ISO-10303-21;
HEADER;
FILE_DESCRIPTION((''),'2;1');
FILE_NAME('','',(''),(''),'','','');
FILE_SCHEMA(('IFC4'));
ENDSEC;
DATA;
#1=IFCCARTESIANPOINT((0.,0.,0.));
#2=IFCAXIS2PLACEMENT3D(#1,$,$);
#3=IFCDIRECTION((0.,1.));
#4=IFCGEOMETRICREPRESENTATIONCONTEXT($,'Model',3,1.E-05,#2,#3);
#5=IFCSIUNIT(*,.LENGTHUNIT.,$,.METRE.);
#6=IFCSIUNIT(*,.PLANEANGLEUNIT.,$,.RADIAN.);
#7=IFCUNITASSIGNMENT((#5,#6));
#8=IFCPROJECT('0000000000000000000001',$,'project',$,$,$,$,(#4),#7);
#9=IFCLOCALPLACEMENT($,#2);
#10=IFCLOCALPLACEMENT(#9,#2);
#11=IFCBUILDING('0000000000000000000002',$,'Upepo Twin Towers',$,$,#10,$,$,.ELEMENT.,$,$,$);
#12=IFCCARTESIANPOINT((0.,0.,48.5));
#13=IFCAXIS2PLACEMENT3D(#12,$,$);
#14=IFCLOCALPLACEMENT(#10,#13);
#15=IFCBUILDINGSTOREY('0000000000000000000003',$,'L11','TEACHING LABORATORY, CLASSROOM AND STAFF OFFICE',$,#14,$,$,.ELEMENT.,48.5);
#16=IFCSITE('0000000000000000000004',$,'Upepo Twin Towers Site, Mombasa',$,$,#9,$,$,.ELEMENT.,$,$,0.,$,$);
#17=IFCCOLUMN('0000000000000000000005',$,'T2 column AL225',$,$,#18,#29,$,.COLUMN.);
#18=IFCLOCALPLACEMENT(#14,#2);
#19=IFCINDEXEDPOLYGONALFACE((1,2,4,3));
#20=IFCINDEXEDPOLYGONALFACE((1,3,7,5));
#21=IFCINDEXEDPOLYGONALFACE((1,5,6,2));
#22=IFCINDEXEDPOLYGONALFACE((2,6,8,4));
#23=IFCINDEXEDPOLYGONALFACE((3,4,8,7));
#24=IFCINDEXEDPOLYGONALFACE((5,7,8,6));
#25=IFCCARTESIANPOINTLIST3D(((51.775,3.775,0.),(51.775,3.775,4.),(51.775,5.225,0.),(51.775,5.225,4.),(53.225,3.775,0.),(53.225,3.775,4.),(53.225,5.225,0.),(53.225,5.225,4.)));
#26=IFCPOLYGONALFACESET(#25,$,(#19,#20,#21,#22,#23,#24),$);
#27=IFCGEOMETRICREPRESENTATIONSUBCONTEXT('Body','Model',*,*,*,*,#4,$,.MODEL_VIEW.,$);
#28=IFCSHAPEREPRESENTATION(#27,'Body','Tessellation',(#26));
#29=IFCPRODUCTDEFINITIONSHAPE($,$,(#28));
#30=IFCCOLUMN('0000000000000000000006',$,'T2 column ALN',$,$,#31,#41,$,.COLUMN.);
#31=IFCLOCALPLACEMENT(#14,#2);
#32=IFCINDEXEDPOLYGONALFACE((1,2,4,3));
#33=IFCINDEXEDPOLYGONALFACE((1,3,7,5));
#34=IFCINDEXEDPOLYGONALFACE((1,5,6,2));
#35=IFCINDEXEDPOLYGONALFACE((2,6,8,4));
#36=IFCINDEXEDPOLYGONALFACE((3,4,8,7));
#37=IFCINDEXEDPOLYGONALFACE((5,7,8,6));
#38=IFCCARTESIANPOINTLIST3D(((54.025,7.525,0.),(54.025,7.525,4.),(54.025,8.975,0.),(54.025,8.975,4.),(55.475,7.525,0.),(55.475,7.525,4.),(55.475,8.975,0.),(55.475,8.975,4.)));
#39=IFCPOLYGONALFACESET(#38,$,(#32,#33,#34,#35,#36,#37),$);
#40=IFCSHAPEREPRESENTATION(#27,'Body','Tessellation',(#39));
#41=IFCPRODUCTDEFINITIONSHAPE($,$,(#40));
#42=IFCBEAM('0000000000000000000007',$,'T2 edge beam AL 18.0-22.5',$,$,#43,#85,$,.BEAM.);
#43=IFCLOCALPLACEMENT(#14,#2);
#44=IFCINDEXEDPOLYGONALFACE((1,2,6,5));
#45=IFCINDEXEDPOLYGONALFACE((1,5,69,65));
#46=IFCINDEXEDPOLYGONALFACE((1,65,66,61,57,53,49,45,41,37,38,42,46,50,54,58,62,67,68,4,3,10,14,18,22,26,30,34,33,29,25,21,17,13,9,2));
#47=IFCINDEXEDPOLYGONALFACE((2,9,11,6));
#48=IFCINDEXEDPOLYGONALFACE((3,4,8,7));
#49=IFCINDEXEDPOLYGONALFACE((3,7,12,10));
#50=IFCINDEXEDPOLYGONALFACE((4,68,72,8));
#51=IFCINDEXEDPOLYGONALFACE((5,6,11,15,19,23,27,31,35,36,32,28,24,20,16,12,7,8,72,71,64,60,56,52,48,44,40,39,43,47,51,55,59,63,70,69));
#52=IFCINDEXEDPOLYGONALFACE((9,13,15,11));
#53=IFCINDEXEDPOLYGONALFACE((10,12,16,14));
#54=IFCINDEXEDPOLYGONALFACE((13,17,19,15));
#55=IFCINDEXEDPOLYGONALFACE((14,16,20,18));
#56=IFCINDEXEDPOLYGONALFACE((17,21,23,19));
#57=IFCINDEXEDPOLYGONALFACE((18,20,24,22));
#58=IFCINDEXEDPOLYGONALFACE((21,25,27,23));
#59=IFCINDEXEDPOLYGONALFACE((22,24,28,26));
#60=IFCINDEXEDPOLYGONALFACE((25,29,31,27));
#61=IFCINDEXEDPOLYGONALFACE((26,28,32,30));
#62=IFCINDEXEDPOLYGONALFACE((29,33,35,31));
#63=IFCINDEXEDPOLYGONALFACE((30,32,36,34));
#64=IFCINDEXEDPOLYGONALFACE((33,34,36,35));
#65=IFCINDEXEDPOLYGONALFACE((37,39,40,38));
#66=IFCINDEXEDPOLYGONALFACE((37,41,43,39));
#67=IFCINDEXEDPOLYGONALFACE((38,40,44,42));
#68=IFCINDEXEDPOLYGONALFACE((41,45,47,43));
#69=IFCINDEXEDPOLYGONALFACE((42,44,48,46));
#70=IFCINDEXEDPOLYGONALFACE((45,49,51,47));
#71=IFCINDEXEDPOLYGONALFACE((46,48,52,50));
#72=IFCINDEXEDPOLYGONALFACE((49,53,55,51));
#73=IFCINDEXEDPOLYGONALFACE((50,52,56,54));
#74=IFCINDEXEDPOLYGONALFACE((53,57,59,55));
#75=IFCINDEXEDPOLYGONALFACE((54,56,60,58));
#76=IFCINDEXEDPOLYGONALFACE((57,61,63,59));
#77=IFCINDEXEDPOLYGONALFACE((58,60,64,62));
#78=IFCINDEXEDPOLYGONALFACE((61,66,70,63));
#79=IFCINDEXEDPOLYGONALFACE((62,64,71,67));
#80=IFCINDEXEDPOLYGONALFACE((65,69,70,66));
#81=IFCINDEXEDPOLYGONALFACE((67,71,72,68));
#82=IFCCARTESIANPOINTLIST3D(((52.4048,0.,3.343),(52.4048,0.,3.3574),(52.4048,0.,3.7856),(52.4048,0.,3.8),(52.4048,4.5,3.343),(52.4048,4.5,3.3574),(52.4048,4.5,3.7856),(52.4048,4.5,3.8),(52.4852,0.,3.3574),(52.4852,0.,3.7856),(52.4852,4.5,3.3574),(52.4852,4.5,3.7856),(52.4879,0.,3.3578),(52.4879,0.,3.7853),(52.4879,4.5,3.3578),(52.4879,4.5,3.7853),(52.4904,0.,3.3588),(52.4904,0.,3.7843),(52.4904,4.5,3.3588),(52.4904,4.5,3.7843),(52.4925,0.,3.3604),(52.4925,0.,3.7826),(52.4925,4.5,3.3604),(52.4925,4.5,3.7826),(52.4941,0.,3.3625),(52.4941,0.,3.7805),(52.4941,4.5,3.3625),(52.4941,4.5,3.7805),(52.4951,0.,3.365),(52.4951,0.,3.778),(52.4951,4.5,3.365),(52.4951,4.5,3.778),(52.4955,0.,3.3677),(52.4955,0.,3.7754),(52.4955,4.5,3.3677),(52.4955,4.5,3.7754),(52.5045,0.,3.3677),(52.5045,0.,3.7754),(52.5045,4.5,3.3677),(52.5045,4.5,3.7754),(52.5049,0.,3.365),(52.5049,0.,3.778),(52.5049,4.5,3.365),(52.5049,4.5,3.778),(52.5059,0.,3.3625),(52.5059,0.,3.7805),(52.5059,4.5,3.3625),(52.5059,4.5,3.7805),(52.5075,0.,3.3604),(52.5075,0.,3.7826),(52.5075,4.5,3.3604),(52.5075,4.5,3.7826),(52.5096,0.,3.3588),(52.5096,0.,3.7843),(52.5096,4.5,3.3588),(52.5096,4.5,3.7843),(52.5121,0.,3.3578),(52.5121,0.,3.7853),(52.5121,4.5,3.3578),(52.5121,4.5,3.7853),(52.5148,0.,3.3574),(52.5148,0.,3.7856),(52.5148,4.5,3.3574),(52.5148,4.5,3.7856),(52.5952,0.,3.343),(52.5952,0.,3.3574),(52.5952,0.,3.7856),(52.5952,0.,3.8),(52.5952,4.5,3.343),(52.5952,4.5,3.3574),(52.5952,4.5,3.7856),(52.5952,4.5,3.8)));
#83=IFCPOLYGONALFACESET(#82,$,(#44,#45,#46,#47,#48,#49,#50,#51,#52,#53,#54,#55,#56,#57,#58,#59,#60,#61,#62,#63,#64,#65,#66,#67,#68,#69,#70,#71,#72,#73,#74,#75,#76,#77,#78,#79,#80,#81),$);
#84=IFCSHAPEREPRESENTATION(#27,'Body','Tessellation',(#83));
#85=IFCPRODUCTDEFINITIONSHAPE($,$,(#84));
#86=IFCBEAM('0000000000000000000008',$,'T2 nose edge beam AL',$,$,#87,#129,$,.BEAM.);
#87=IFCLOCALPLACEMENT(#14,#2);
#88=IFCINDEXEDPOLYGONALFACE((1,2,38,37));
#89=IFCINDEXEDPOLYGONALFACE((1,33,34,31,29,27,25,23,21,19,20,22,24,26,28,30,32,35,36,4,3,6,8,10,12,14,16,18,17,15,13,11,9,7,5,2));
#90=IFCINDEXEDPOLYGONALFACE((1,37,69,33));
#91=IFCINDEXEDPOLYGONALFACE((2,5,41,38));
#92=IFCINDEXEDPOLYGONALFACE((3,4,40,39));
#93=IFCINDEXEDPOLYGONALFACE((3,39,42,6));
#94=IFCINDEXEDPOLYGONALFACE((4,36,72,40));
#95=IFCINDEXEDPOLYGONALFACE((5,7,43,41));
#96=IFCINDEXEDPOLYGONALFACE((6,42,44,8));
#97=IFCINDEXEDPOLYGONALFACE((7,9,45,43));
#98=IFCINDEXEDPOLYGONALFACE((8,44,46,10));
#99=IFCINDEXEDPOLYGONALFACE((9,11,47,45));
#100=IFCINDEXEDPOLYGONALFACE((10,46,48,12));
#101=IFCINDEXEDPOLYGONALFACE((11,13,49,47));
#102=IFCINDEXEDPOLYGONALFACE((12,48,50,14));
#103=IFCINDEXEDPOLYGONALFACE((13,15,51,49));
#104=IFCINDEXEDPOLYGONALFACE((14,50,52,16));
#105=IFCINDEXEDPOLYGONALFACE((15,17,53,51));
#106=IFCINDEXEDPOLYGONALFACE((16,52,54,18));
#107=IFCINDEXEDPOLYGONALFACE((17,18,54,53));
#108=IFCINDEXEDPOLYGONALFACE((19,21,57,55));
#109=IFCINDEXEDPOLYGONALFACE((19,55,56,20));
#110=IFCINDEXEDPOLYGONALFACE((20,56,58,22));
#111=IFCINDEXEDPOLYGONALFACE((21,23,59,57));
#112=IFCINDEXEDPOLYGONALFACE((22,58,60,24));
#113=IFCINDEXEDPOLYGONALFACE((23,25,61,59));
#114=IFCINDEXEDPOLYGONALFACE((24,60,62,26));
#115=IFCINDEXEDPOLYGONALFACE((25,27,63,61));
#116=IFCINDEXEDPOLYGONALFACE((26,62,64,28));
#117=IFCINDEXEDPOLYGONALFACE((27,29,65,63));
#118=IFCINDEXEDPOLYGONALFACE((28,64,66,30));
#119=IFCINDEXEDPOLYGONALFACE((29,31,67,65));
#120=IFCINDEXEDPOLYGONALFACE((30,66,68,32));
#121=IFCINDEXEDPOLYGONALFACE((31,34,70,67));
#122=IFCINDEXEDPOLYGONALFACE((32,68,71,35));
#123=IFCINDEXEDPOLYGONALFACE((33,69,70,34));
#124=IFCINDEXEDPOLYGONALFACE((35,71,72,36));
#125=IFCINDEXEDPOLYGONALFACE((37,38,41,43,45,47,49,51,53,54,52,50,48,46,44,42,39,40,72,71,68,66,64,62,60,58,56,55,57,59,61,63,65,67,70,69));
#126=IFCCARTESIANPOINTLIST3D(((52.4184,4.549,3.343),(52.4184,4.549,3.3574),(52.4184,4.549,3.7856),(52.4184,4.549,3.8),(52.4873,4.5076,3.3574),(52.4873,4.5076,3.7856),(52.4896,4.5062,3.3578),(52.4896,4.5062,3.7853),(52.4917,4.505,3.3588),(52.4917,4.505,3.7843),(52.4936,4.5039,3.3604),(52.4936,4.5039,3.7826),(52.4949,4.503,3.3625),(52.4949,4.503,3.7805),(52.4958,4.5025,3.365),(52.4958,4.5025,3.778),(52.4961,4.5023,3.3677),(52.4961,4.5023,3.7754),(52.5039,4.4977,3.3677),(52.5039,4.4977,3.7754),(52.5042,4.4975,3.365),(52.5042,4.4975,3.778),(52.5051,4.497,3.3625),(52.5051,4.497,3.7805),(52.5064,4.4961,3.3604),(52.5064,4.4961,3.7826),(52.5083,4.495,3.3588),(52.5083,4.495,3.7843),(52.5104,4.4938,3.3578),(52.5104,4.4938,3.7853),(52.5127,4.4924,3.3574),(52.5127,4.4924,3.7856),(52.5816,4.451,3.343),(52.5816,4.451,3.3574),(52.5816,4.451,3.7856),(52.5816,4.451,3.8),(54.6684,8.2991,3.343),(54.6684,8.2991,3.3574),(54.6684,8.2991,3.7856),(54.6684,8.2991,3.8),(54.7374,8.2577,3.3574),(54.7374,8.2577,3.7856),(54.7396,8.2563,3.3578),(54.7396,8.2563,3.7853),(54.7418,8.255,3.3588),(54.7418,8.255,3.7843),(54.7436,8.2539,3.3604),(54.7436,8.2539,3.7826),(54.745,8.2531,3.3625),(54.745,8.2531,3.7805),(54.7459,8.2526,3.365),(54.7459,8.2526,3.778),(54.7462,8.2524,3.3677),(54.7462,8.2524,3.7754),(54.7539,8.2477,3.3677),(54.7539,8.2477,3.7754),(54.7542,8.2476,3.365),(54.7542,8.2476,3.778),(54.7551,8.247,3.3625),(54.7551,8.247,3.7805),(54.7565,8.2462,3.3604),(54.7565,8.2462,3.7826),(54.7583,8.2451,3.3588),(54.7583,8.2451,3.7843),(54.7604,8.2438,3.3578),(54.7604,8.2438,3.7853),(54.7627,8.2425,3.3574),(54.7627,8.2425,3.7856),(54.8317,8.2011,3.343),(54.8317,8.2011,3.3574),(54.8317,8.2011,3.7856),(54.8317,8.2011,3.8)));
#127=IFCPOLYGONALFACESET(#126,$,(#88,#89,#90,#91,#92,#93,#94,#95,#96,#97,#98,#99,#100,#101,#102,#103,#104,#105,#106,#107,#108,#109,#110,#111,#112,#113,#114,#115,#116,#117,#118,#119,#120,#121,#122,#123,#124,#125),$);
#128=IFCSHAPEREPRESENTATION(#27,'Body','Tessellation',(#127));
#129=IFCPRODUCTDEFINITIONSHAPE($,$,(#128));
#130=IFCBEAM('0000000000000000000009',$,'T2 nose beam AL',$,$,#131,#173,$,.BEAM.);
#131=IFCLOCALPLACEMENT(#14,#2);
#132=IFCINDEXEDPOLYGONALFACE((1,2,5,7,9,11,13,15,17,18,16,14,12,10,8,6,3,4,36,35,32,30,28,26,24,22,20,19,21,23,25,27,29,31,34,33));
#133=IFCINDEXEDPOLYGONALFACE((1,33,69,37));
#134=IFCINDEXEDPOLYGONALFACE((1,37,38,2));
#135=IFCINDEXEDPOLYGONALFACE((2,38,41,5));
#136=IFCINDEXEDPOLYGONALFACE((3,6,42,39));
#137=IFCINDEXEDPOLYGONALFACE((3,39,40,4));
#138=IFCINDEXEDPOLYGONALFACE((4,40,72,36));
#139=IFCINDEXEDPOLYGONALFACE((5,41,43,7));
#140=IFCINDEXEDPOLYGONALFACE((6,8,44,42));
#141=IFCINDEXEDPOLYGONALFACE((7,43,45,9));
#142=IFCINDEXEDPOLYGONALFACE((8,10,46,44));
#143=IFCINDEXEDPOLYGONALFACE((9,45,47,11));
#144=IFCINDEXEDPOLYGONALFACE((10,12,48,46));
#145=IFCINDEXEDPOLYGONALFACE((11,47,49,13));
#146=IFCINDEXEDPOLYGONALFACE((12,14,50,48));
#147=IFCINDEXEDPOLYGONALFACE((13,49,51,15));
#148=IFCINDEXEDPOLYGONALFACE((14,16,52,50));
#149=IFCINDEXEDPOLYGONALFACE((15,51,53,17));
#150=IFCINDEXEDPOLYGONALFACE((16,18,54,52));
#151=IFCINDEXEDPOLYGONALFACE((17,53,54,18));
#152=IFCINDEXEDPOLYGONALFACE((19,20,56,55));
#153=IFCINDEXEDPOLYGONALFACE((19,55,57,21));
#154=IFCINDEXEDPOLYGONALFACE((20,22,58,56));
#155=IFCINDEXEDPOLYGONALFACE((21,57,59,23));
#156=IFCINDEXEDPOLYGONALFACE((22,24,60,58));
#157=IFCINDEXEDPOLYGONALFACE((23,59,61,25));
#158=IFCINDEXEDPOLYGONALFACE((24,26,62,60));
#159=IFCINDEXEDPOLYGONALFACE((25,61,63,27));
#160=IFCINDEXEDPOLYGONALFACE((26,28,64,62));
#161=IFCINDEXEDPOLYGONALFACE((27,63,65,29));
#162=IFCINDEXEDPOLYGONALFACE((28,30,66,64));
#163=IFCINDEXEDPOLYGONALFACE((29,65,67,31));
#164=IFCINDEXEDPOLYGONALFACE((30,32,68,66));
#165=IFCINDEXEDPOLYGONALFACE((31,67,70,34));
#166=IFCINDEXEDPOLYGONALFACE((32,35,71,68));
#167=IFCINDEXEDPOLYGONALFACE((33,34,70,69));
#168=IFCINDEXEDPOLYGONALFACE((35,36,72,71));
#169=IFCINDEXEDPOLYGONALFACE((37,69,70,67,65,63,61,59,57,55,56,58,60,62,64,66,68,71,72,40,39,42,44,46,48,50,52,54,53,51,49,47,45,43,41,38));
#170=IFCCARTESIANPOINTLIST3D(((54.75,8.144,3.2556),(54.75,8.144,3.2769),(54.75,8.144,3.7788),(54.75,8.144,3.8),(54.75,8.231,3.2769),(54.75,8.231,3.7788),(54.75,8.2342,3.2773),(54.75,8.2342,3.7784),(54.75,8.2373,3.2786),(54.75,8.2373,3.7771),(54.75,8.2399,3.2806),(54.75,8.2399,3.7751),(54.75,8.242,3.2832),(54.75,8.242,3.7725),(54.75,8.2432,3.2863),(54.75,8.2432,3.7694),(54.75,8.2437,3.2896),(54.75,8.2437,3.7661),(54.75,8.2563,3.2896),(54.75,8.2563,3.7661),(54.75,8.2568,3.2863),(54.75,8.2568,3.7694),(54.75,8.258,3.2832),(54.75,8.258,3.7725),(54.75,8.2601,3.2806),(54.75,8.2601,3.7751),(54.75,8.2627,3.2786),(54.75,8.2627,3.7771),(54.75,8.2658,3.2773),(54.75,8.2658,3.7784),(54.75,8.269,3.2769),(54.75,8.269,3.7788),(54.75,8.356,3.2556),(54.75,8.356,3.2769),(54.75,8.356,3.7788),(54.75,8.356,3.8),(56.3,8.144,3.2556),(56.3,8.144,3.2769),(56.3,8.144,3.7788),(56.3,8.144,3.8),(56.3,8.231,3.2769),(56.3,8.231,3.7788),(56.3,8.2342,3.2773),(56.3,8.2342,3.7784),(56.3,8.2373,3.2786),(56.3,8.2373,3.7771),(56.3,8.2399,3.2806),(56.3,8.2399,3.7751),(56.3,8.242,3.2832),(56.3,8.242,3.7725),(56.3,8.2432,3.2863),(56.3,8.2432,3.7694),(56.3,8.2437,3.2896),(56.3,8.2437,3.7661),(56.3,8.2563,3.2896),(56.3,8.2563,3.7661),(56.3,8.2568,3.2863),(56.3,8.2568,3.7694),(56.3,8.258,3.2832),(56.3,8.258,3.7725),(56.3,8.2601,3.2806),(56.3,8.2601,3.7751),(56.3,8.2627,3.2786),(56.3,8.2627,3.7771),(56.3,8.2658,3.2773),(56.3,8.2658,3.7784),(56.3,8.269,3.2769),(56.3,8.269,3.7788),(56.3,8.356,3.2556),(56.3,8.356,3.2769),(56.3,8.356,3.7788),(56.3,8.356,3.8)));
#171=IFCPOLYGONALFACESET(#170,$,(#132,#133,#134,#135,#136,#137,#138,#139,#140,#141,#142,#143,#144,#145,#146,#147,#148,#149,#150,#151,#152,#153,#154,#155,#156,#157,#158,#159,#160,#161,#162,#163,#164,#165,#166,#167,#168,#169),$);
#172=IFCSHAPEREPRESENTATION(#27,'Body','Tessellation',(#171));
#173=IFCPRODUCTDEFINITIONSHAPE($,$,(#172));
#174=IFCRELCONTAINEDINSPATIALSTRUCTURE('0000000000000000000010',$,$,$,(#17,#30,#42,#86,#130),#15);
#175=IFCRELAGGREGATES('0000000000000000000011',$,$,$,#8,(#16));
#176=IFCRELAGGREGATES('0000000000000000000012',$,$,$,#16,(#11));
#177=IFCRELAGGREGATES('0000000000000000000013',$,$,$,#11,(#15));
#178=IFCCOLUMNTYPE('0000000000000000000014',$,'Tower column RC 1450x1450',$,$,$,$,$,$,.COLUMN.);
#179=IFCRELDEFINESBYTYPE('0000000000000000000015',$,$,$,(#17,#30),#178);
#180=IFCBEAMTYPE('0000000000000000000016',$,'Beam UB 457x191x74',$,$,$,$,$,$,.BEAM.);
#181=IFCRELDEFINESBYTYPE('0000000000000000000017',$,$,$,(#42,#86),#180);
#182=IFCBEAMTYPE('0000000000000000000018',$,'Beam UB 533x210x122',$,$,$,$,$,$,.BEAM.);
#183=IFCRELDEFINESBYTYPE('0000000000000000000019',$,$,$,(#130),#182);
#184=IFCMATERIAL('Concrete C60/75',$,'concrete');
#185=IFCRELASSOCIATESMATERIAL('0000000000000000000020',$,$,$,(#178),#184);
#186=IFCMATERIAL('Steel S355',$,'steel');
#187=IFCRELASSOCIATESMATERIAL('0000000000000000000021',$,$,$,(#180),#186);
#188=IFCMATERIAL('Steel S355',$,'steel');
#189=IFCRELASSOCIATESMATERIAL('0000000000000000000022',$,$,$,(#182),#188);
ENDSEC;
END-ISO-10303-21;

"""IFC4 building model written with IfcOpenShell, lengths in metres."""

from ifc_helpers import new_model, si_unit, direction, frame, origin, origin_2d, place, context, subcontext, project, spatial, rectangle, i_section, extrude, material, material_profile, profile_set, type_object, element, save


model = new_model("IFC4")

# Units and contexts
model_context = context("Model", 3, precision=1e-05, world=origin(), true_north=direction((0.0, 1.0)))
body_context = subcontext(model_context, "Body", "Model", "MODEL_VIEW")
ifc_project = project(units=[si_unit("LENGTHUNIT", "METRE"), si_unit("PLANEANGLEUNIT", "RADIAN")], contexts=[model_context])

# Site, building, storey
site_placement = place(None, origin())
site = spatial("IfcSite", under=ifc_project, at=site_placement, Name="Upepo Twin Towers Site, Mombasa", CompositionType="ELEMENT", RefElevation=0.0)
building_placement = place(site_placement, origin())
building = spatial("IfcBuilding", under=site, at=building_placement, Name="Upepo Twin Towers", CompositionType="ELEMENT")
storey_placement = place(building_placement, frame((0.0, 0.0, 48.5)))
storey = spatial("IfcBuildingStorey", under=building, at=storey_placement, Name="L11", Description="TEACHING LABORATORY, CLASSROOM AND STAFF OFFICE", CompositionType="ELEMENT", Elevation=48.5)

# Columns
ifc_material_1 = material(Name="Concrete C60/75", Category="concrete")
ifc_material_profile_1 = material_profile(ifc_material_1, rectangle(XDim=1.45, YDim=1.45, at=origin_2d()), Name="RC 1450x1450")
ifc_profile_set_1 = profile_set([ifc_material_profile_1], Name="Concrete C60/75")
column_type = type_object("IfcColumnType", Name="Tower column RC 1450x1450", PredefinedType="COLUMN", material=ifc_profile_set_1)
for number, where, z_axis, x_axis, name in (
    (1, (52.5, 4.5, 0.0), (0.0, 0.0, 1.0), (1.0, 0.0, 0.0), "T2 column AL225"),
    (2, (54.75, 8.25, 0.0), (0.0, 0.0, 1.0), (1.0, 0.0, 0.0), "T2 column ALN"),
):
    element("IfcColumn", number, at=place(storey_placement, frame(where, z_axis=z_axis, x_axis=x_axis)), inside=storey, type_object=column_type, Name=name, PredefinedType="COLUMN", context=body_context, shape_type="SweptSolid", body=[
        extrude(rectangle(XDim=1.45, YDim=1.45, at=origin_2d()), origin(), (0.0, 0.0, 1.0), 4.0),
    ])

# Beams
ifc_material_2 = material(Name="Steel S355", Category="steel")
ifc_material_profile_2 = material_profile(ifc_material_2, i_section(OverallWidth=0.1904, OverallDepth=0.457, WebThickness=0.009, FlangeThickness=0.0144, FilletRadius=0.0103, at=origin_2d()), Name="UB 457x191x74")
ifc_profile_set_2 = profile_set([ifc_material_profile_2], Name="Steel S355")
beam_type_1 = type_object("IfcBeamType", Name="Beam UB 457x191x74", PredefinedType="BEAM", material=ifc_profile_set_2)
beam_1_placement = place(storey_placement, frame((52.5, 0.0, 3.5715), z_axis=(0.0, 1.0, 0.0), x_axis=(-1.0, 0.0, 0.0)))
element("IfcBeam", 3, at=beam_1_placement, inside=storey, type_object=beam_type_1, Name="T2 edge beam AL 18.0-22.5", PredefinedType="BEAM", context=body_context, shape_type="SweptSolid", body=[
    extrude(i_section(OverallWidth=0.1904, OverallDepth=0.457, WebThickness=0.009, FlangeThickness=0.0144, FilletRadius=0.0103, at=origin_2d()), origin(), (0.0, 0.0, 1.0), 4.5),
])
beam_2_placement = place(storey_placement, frame((52.5, 4.5, 3.5715), z_axis=(0.514496, 0.857493, 0.0), x_axis=(-0.857493, 0.514496, 0.0)))
element("IfcBeam", 4, at=beam_2_placement, inside=storey, type_object=beam_type_1, Name="T2 nose edge beam AL", PredefinedType="BEAM", context=body_context, shape_type="SweptSolid", body=[
    extrude(i_section(OverallWidth=0.1904, OverallDepth=0.457, WebThickness=0.009, FlangeThickness=0.0144, FilletRadius=0.0103, at=origin_2d()), origin(), (0.0, 0.0, 1.0), 4.3733),
])
ifc_material_3 = material(Name="Steel S355", Category="steel")
ifc_material_profile_3 = material_profile(ifc_material_3, i_section(OverallWidth=0.2119, OverallDepth=0.5444, WebThickness=0.0127, FlangeThickness=0.0212, FilletRadius=0.0127, at=origin_2d()), Name="UB 533x210x122")
ifc_profile_set_3 = profile_set([ifc_material_profile_3], Name="Steel S355")
beam_type_2 = type_object("IfcBeamType", Name="Beam UB 533x210x122", PredefinedType="BEAM", material=ifc_profile_set_3)
beam_3_placement = place(storey_placement, frame((54.75, 8.25, 3.5278), z_axis=(1.0, 0.0, 0.0), x_axis=(0.0, 1.0, 0.0)))
element("IfcBeam", 5, at=beam_3_placement, inside=storey, type_object=beam_type_2, Name="T2 nose beam AL", PredefinedType="BEAM", context=body_context, shape_type="SweptSolid", body=[
    extrude(i_section(OverallWidth=0.2119, OverallDepth=0.5444, WebThickness=0.0127, FlangeThickness=0.0212, FilletRadius=0.0127, at=origin_2d()), origin(), (0.0, 0.0, 1.0), 1.55),
])

save(model, "model.ifc")
